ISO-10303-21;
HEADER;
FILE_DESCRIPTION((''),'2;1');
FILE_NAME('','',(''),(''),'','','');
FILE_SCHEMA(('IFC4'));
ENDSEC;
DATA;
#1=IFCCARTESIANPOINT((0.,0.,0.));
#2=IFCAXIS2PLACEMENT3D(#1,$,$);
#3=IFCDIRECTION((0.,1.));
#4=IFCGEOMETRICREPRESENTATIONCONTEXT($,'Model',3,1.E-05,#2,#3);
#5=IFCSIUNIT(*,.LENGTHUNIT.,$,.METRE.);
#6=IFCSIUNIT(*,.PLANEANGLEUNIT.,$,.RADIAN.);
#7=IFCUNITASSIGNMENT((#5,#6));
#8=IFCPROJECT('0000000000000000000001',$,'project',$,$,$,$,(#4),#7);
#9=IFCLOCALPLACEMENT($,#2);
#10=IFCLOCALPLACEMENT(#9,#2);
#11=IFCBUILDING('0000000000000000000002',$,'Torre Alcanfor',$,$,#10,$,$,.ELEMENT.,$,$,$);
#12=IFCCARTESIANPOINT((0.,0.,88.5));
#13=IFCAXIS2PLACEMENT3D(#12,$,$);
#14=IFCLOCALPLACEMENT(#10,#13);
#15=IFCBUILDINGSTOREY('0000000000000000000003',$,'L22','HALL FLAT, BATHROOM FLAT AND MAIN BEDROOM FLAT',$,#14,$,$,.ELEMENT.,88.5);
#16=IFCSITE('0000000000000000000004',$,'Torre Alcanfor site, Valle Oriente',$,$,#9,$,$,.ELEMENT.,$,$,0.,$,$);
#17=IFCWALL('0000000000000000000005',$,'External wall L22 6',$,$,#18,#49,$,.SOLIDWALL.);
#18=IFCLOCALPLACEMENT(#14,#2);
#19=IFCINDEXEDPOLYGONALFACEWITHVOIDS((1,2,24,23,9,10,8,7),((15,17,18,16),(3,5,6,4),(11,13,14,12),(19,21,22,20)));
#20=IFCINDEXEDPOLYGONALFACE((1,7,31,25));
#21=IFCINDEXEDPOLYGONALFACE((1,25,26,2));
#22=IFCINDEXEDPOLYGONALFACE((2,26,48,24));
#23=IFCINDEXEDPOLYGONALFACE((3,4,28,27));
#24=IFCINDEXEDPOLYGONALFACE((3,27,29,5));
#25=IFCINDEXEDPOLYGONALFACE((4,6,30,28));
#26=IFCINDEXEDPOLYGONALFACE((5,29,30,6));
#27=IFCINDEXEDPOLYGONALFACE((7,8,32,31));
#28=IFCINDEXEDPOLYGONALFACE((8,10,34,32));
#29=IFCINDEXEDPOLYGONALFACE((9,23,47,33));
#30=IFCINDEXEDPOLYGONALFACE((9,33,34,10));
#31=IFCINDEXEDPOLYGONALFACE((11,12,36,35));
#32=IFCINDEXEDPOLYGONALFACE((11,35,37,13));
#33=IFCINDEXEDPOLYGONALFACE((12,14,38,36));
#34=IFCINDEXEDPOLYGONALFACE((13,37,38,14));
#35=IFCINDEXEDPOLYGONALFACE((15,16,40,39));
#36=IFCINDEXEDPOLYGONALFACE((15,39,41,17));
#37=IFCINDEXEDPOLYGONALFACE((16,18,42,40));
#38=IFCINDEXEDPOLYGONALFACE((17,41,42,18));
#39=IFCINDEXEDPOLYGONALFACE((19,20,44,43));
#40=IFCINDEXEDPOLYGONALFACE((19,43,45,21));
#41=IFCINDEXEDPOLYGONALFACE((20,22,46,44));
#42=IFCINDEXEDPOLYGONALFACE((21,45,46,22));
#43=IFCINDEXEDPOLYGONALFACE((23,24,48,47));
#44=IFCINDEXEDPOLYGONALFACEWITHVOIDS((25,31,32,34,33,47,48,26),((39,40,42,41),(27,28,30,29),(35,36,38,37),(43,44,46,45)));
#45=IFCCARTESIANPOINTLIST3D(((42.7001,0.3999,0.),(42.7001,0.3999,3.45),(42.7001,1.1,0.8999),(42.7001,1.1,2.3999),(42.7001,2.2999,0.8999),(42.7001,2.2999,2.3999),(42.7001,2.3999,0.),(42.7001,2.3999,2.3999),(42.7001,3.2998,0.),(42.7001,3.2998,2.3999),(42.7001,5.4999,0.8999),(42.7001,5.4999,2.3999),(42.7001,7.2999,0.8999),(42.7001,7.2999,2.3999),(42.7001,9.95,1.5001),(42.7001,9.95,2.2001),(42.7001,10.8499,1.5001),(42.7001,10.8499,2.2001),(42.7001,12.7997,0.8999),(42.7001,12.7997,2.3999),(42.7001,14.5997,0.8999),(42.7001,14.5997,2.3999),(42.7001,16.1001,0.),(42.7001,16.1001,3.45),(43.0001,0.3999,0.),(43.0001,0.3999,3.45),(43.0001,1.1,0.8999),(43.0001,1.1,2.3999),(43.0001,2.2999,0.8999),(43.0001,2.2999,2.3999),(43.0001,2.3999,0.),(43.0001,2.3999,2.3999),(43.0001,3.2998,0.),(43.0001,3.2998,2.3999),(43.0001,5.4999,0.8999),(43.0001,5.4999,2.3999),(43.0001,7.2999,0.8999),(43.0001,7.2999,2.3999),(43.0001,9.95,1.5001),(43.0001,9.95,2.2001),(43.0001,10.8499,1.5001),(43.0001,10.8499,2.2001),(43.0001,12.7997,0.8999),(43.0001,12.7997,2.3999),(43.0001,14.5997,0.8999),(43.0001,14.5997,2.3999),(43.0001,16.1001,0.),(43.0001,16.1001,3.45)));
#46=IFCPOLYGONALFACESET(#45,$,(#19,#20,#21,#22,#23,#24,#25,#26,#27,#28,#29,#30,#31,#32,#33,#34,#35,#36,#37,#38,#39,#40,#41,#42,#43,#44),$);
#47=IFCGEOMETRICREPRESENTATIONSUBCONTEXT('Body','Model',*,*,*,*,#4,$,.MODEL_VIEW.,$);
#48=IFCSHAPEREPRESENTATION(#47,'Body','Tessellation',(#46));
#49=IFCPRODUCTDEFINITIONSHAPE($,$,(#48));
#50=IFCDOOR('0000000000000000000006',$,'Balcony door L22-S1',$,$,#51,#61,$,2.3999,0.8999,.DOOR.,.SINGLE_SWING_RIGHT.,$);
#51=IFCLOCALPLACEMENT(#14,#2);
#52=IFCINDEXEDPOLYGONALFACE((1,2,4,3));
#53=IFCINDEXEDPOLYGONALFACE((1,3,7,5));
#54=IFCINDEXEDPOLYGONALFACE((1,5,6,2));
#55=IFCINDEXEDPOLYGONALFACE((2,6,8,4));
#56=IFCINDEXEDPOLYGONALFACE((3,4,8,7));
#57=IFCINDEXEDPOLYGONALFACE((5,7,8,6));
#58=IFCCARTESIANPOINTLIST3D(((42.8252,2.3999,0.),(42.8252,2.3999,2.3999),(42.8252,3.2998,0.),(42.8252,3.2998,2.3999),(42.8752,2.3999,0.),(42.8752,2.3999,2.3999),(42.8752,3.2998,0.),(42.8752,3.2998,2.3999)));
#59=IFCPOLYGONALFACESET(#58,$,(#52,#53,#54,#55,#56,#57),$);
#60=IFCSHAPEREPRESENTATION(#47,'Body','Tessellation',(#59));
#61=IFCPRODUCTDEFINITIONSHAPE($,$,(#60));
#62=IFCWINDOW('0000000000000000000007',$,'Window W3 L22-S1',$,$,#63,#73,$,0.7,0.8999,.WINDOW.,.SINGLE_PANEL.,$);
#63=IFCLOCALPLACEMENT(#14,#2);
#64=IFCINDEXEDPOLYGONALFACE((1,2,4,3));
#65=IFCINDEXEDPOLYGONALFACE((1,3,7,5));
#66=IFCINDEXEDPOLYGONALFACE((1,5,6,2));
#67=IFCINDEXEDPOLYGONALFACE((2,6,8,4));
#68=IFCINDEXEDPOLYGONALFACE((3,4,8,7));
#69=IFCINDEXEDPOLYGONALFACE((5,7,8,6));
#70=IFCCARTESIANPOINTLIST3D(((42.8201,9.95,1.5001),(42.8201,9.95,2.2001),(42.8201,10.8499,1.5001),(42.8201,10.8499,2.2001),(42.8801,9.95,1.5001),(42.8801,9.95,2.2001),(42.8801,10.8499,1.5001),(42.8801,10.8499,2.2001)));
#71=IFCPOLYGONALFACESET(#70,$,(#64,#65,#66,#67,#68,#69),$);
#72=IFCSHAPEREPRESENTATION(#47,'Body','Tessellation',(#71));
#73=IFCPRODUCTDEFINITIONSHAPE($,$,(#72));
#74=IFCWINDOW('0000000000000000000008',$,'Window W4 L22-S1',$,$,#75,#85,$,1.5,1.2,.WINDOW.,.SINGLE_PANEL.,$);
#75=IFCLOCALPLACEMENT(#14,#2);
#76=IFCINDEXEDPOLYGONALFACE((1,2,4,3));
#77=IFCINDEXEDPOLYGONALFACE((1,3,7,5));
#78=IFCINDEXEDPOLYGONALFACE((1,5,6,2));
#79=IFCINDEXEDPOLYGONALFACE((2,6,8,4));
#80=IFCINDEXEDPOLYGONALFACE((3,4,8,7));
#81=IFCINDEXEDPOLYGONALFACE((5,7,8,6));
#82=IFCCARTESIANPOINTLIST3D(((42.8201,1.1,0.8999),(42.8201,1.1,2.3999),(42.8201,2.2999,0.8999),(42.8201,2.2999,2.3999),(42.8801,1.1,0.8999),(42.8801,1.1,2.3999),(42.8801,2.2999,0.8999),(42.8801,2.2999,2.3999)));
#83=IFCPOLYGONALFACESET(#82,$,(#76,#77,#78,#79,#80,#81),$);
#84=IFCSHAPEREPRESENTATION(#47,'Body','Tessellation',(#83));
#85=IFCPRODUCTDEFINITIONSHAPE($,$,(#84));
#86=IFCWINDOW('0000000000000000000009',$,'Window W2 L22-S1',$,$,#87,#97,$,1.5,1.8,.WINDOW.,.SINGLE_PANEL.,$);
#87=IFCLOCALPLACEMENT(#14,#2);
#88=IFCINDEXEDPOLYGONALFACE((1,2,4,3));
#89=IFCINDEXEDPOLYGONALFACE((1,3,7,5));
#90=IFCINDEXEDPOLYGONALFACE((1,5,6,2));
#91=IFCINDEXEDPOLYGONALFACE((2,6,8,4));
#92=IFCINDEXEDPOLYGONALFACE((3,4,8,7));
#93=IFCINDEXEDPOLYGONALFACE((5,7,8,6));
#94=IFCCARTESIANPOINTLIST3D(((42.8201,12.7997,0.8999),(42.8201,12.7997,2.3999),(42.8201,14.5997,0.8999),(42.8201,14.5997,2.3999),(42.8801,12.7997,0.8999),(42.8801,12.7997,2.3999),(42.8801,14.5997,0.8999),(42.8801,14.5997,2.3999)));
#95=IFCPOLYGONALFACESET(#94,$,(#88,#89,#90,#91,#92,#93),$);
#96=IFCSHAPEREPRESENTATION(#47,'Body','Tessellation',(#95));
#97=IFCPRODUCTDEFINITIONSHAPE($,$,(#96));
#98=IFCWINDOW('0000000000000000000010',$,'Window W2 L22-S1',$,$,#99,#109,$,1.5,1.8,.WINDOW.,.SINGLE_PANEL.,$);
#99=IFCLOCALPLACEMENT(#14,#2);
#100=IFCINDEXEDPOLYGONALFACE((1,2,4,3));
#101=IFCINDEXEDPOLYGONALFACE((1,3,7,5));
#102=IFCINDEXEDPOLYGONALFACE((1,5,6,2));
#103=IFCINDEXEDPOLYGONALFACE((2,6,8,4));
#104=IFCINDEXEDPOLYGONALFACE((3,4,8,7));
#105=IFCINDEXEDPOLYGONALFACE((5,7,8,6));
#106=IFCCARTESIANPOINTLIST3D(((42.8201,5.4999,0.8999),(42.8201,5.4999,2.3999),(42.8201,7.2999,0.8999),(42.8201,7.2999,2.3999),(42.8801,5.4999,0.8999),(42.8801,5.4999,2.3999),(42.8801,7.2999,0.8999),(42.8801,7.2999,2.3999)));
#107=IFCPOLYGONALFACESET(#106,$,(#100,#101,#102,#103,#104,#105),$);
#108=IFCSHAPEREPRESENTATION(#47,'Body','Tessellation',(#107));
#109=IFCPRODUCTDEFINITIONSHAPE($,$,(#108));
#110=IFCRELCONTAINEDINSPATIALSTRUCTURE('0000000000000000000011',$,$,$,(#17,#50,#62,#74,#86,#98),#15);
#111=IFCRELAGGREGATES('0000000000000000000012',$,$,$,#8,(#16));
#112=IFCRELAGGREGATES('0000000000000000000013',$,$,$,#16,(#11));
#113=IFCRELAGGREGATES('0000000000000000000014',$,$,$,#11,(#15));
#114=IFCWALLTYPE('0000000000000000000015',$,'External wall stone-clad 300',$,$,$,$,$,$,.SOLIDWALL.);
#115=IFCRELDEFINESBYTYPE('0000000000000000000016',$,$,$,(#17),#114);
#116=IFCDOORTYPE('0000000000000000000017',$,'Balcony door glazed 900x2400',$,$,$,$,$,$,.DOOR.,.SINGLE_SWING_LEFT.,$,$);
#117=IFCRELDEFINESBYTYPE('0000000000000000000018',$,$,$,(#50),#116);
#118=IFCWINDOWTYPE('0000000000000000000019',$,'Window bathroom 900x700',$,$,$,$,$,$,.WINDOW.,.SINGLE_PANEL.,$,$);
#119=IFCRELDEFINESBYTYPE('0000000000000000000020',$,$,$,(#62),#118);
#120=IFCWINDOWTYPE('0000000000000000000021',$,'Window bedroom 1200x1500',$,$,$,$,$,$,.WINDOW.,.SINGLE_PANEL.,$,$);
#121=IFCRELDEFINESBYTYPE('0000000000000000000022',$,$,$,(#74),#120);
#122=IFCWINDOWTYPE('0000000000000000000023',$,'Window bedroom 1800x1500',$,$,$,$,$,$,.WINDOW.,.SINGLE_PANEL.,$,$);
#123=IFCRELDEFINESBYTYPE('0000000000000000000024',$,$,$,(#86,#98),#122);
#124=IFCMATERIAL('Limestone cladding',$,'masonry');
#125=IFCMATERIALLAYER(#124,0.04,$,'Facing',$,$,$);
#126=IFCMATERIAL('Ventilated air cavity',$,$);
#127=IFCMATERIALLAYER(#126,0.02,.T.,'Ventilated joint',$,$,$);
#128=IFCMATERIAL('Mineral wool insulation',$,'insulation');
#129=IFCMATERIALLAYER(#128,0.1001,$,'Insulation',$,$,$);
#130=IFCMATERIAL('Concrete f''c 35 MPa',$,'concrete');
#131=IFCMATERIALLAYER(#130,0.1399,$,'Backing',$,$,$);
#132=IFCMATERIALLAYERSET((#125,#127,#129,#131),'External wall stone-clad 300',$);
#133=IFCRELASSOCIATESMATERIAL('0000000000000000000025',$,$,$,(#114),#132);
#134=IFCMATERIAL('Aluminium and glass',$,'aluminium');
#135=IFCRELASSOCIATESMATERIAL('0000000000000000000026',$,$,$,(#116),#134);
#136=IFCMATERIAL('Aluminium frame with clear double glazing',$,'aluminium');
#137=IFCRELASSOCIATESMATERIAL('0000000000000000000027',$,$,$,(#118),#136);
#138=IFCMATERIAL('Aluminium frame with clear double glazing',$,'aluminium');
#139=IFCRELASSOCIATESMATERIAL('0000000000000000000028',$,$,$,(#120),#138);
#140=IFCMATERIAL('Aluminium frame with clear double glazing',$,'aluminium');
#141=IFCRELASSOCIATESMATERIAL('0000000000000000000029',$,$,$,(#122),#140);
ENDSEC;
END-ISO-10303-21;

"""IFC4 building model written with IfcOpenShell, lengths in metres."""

from ifc_helpers import new_model, si_unit, direction, frame, frame_2d, origin, place, context, subcontext, project, spatial, rectangle, extrude, material, layer, layer_set, type_object, element, fill, save


model = new_model("IFC4")

# Units and contexts
model_context = context("Model", 3, precision=1e-05, world=origin(), true_north=direction((0.0, 1.0)))
body_context = subcontext(model_context, "Body", "Model", "MODEL_VIEW")
ifc_project = project(units=[si_unit("LENGTHUNIT", "METRE"), si_unit("PLANEANGLEUNIT", "RADIAN")], contexts=[model_context])

# Site, building, storey
site_placement = place(None, origin())
site = spatial("IfcSite", under=ifc_project, at=site_placement, Name="Torre Alcanfor site, Valle Oriente", CompositionType="ELEMENT", RefElevation=0.0)
building_placement = place(site_placement, origin())
building = spatial("IfcBuilding", under=site, at=building_placement, Name="Torre Alcanfor", CompositionType="ELEMENT")
storey_placement = place(building_placement, frame((0.0, 0.0, 88.5)))
storey = spatial("IfcBuildingStorey", under=building, at=storey_placement, Name="L22", Description="HALL FLAT, BATHROOM FLAT AND MAIN BEDROOM FLAT", CompositionType="ELEMENT", Elevation=88.5)

# Wall, openings, door, windows
ifc_material_1 = material(Name="Limestone cladding", Category="masonry")
ifc_layer_1 = layer(ifc_material_1, 0.04, Name="Facing")
ifc_material_2 = material(Name="Ventilated air cavity")
ifc_layer_2 = layer(ifc_material_2, 0.02, ventilated=True, Name="Ventilated joint")
ifc_material_3 = material(Name="Mineral wool insulation", Category="insulation")
ifc_layer_3 = layer(ifc_material_3, 0.1001, Name="Insulation")
ifc_material_4 = material(Name="Concrete f'c 35 MPa", Category="concrete")
ifc_layer_4 = layer(ifc_material_4, 0.1399, Name="Backing")
ifc_layer_set_1 = layer_set([ifc_layer_1, ifc_layer_2, ifc_layer_3, ifc_layer_4], Name="External wall stone-clad 300")
wall_type_1 = type_object("IfcWallType", Name="External wall stone-clad 300", PredefinedType="SOLIDWALL", material=ifc_layer_set_1)
wall_1_placement = place(storey_placement, frame((42.8501, 0.3999, 0.0), z_axis=(0.0, 0.0, 1.0), x_axis=(0.0, 1.0, 0.0)))
wall_1 = element("IfcWall", 1, at=wall_1_placement, inside=storey, type_object=wall_type_1, Name="External wall L22 6", PredefinedType="SOLIDWALL", context=body_context, shape_type="SweptSolid", body=[
    extrude(rectangle(XDim=15.7002, YDim=0.3, at=frame_2d((7.8501, 0.0))), origin(), (0.0, 0.0, 1.0), 3.45),
])
opening_1_placement = place(wall_1_placement, frame((12.3999, 0.0, 0.8999)))
opening_1 = element("IfcOpeningElement", 2, at=opening_1_placement, cuts=wall_1, PredefinedType="OPENING", context=body_context, shape_type="SweptSolid", body=[
    extrude(rectangle(XDim=1.8, YDim=1.5, at=frame_2d((0.8999, 0.75))), frame((0.0, 0.1599, 0.0), z_axis=(0.0, -1.0, 0.0), x_axis=(1.0, 0.0, 0.0)), (0.0, 0.0, 1.0), 0.3201),
])
opening_2_placement = place(wall_1_placement, frame((9.55, 0.0, 1.5)))
opening_2 = element("IfcOpeningElement", 3, at=opening_2_placement, cuts=wall_1, PredefinedType="OPENING", context=body_context, shape_type="SweptSolid", body=[
    extrude(rectangle(XDim=0.8999, YDim=0.7, at=frame_2d((0.45, 0.3501))), frame((0.0, 0.1599, 0.0), z_axis=(0.0, -1.0, 0.0), x_axis=(1.0, 0.0, 0.0)), (0.0, 0.0, 1.0), 0.3201),
])
opening_3_placement = place(wall_1_placement, frame((5.1001, 0.0, 0.8999)))
opening_3 = element("IfcOpeningElement", 4, at=opening_3_placement, cuts=wall_1, PredefinedType="OPENING", context=body_context, shape_type="SweptSolid", body=[
    extrude(rectangle(XDim=1.8, YDim=1.5, at=frame_2d((0.8999, 0.75))), frame((0.0, 0.1599, 0.0), z_axis=(0.0, -1.0, 0.0), x_axis=(1.0, 0.0, 0.0)), (0.0, 0.0, 1.0), 0.3201),
])
opening_4_placement = place(wall_1_placement, frame((2.0, 0.0, 0.0)))
opening_4 = element("IfcOpeningElement", 5, at=opening_4_placement, cuts=wall_1, PredefinedType="OPENING", context=body_context, shape_type="SweptSolid", body=[
    extrude(rectangle(XDim=0.8999, YDim=2.3999, at=frame_2d((0.45, 1.2))), frame((0.0, 0.1599, 0.0), z_axis=(0.0, -1.0, 0.0), x_axis=(1.0, 0.0, 0.0)), (0.0, 0.0, 1.0), 0.3201),
])
opening_5_placement = place(wall_1_placement, frame((0.7, 0.0, 0.8999)))
opening_5 = element("IfcOpeningElement", 6, at=opening_5_placement, cuts=wall_1, PredefinedType="OPENING", context=body_context, shape_type="SweptSolid", body=[
    extrude(rectangle(XDim=1.2, YDim=1.5, at=frame_2d((0.6001, 0.75))), frame((0.0, 0.1599, 0.0), z_axis=(0.0, -1.0, 0.0), x_axis=(1.0, 0.0, 0.0)), (0.0, 0.0, 1.0), 0.3201),
])
ifc_material_5 = material(Name="Aluminium and glass", Category="aluminium")
door_type = type_object("IfcDoorType", Name="Balcony door glazed 900x2400", OperationType="SINGLE_SWING_LEFT", PredefinedType="DOOR", material=ifc_material_5)
door_1_placement = place(opening_4_placement, origin())
door_1 = element("IfcDoor", 7, at=door_1_placement, inside=storey, type_object=door_type, Name="Balcony door L22-S1", OperationType="SINGLE_SWING_RIGHT", OverallHeight=2.3999, OverallWidth=0.8999, PredefinedType="DOOR", context=body_context, shape_type="SweptSolid", body=[
    extrude(rectangle(XDim=0.8999, YDim=2.3999, at=frame_2d((0.45, 1.2))), frame((0.0, 0.0249, 0.0), z_axis=(0.0, -1.0, 0.0), x_axis=(1.0, 0.0, 0.0)), (0.0, 0.0, 1.0), 0.05),
])
fill(opening_4, door_1)
ifc_material_6 = material(Name="Aluminium frame with clear double glazing", Category="aluminium")
window_type_1 = type_object("IfcWindowType", Name="Window bathroom 900x700", PartitioningType="SINGLE_PANEL", PredefinedType="WINDOW", material=ifc_material_6)
window_1_placement = place(opening_2_placement, origin())
window_1 = element("IfcWindow", 8, at=window_1_placement, inside=storey, type_object=window_type_1, Name="Window W3 L22-S1", OverallHeight=0.7, OverallWidth=0.8999, PartitioningType="SINGLE_PANEL", PredefinedType="WINDOW", context=body_context, shape_type="SweptSolid", body=[
    extrude(rectangle(XDim=0.8999, YDim=0.7, at=frame_2d((0.45, 0.3501))), frame((0.0, 0.03, 0.0), z_axis=(0.0, -1.0, 0.0), x_axis=(1.0, 0.0, 0.0)), (0.0, 0.0, 1.0), 0.0601),
])
fill(opening_2, window_1)
ifc_material_7 = material(Name="Aluminium frame with clear double glazing", Category="aluminium")
window_type_2 = type_object("IfcWindowType", Name="Window bedroom 1200x1500", PartitioningType="SINGLE_PANEL", PredefinedType="WINDOW", material=ifc_material_7)
window_2_placement = place(opening_5_placement, origin())
window_2 = element("IfcWindow", 9, at=window_2_placement, inside=storey, type_object=window_type_2, Name="Window W4 L22-S1", OverallHeight=1.5, OverallWidth=1.2, PartitioningType="SINGLE_PANEL", PredefinedType="WINDOW", context=body_context, shape_type="SweptSolid", body=[
    extrude(rectangle(XDim=1.2, YDim=1.5, at=frame_2d((0.6001, 0.75))), frame((0.0, 0.03, 0.0), z_axis=(0.0, -1.0, 0.0), x_axis=(1.0, 0.0, 0.0)), (0.0, 0.0, 1.0), 0.0601),
])
fill(opening_5, window_2)
ifc_material_8 = material(Name="Aluminium frame with clear double glazing", Category="aluminium")
window_type_3 = type_object("IfcWindowType", Name="Window bedroom 1800x1500", PartitioningType="SINGLE_PANEL", PredefinedType="WINDOW", material=ifc_material_8)
window_3_placement = place(opening_1_placement, origin())
window_3 = element("IfcWindow", 10, at=window_3_placement, inside=storey, type_object=window_type_3, Name="Window W2 L22-S1", OverallHeight=1.5, OverallWidth=1.8, PartitioningType="SINGLE_PANEL", PredefinedType="WINDOW", context=body_context, shape_type="SweptSolid", body=[
    extrude(rectangle(XDim=1.8, YDim=1.5, at=frame_2d((0.8999, 0.75))), frame((0.0, 0.03, 0.0), z_axis=(0.0, -1.0, 0.0), x_axis=(1.0, 0.0, 0.0)), (0.0, 0.0, 1.0), 0.0601),
])
fill(opening_1, window_3)
window_4_placement = place(opening_3_placement, origin())
window_4 = element("IfcWindow", 11, at=window_4_placement, inside=storey, type_object=window_type_3, Name="Window W2 L22-S1", OverallHeight=1.5, OverallWidth=1.8, PartitioningType="SINGLE_PANEL", PredefinedType="WINDOW", context=body_context, shape_type="SweptSolid", body=[
    extrude(rectangle(XDim=1.8, YDim=1.5, at=frame_2d((0.8999, 0.75))), frame((0.0, 0.03, 0.0), z_axis=(0.0, -1.0, 0.0), x_axis=(1.0, 0.0, 0.0)), (0.0, 0.0, 1.0), 0.0601),
])
fill(opening_3, window_4)

save(model, "model.ifc")
